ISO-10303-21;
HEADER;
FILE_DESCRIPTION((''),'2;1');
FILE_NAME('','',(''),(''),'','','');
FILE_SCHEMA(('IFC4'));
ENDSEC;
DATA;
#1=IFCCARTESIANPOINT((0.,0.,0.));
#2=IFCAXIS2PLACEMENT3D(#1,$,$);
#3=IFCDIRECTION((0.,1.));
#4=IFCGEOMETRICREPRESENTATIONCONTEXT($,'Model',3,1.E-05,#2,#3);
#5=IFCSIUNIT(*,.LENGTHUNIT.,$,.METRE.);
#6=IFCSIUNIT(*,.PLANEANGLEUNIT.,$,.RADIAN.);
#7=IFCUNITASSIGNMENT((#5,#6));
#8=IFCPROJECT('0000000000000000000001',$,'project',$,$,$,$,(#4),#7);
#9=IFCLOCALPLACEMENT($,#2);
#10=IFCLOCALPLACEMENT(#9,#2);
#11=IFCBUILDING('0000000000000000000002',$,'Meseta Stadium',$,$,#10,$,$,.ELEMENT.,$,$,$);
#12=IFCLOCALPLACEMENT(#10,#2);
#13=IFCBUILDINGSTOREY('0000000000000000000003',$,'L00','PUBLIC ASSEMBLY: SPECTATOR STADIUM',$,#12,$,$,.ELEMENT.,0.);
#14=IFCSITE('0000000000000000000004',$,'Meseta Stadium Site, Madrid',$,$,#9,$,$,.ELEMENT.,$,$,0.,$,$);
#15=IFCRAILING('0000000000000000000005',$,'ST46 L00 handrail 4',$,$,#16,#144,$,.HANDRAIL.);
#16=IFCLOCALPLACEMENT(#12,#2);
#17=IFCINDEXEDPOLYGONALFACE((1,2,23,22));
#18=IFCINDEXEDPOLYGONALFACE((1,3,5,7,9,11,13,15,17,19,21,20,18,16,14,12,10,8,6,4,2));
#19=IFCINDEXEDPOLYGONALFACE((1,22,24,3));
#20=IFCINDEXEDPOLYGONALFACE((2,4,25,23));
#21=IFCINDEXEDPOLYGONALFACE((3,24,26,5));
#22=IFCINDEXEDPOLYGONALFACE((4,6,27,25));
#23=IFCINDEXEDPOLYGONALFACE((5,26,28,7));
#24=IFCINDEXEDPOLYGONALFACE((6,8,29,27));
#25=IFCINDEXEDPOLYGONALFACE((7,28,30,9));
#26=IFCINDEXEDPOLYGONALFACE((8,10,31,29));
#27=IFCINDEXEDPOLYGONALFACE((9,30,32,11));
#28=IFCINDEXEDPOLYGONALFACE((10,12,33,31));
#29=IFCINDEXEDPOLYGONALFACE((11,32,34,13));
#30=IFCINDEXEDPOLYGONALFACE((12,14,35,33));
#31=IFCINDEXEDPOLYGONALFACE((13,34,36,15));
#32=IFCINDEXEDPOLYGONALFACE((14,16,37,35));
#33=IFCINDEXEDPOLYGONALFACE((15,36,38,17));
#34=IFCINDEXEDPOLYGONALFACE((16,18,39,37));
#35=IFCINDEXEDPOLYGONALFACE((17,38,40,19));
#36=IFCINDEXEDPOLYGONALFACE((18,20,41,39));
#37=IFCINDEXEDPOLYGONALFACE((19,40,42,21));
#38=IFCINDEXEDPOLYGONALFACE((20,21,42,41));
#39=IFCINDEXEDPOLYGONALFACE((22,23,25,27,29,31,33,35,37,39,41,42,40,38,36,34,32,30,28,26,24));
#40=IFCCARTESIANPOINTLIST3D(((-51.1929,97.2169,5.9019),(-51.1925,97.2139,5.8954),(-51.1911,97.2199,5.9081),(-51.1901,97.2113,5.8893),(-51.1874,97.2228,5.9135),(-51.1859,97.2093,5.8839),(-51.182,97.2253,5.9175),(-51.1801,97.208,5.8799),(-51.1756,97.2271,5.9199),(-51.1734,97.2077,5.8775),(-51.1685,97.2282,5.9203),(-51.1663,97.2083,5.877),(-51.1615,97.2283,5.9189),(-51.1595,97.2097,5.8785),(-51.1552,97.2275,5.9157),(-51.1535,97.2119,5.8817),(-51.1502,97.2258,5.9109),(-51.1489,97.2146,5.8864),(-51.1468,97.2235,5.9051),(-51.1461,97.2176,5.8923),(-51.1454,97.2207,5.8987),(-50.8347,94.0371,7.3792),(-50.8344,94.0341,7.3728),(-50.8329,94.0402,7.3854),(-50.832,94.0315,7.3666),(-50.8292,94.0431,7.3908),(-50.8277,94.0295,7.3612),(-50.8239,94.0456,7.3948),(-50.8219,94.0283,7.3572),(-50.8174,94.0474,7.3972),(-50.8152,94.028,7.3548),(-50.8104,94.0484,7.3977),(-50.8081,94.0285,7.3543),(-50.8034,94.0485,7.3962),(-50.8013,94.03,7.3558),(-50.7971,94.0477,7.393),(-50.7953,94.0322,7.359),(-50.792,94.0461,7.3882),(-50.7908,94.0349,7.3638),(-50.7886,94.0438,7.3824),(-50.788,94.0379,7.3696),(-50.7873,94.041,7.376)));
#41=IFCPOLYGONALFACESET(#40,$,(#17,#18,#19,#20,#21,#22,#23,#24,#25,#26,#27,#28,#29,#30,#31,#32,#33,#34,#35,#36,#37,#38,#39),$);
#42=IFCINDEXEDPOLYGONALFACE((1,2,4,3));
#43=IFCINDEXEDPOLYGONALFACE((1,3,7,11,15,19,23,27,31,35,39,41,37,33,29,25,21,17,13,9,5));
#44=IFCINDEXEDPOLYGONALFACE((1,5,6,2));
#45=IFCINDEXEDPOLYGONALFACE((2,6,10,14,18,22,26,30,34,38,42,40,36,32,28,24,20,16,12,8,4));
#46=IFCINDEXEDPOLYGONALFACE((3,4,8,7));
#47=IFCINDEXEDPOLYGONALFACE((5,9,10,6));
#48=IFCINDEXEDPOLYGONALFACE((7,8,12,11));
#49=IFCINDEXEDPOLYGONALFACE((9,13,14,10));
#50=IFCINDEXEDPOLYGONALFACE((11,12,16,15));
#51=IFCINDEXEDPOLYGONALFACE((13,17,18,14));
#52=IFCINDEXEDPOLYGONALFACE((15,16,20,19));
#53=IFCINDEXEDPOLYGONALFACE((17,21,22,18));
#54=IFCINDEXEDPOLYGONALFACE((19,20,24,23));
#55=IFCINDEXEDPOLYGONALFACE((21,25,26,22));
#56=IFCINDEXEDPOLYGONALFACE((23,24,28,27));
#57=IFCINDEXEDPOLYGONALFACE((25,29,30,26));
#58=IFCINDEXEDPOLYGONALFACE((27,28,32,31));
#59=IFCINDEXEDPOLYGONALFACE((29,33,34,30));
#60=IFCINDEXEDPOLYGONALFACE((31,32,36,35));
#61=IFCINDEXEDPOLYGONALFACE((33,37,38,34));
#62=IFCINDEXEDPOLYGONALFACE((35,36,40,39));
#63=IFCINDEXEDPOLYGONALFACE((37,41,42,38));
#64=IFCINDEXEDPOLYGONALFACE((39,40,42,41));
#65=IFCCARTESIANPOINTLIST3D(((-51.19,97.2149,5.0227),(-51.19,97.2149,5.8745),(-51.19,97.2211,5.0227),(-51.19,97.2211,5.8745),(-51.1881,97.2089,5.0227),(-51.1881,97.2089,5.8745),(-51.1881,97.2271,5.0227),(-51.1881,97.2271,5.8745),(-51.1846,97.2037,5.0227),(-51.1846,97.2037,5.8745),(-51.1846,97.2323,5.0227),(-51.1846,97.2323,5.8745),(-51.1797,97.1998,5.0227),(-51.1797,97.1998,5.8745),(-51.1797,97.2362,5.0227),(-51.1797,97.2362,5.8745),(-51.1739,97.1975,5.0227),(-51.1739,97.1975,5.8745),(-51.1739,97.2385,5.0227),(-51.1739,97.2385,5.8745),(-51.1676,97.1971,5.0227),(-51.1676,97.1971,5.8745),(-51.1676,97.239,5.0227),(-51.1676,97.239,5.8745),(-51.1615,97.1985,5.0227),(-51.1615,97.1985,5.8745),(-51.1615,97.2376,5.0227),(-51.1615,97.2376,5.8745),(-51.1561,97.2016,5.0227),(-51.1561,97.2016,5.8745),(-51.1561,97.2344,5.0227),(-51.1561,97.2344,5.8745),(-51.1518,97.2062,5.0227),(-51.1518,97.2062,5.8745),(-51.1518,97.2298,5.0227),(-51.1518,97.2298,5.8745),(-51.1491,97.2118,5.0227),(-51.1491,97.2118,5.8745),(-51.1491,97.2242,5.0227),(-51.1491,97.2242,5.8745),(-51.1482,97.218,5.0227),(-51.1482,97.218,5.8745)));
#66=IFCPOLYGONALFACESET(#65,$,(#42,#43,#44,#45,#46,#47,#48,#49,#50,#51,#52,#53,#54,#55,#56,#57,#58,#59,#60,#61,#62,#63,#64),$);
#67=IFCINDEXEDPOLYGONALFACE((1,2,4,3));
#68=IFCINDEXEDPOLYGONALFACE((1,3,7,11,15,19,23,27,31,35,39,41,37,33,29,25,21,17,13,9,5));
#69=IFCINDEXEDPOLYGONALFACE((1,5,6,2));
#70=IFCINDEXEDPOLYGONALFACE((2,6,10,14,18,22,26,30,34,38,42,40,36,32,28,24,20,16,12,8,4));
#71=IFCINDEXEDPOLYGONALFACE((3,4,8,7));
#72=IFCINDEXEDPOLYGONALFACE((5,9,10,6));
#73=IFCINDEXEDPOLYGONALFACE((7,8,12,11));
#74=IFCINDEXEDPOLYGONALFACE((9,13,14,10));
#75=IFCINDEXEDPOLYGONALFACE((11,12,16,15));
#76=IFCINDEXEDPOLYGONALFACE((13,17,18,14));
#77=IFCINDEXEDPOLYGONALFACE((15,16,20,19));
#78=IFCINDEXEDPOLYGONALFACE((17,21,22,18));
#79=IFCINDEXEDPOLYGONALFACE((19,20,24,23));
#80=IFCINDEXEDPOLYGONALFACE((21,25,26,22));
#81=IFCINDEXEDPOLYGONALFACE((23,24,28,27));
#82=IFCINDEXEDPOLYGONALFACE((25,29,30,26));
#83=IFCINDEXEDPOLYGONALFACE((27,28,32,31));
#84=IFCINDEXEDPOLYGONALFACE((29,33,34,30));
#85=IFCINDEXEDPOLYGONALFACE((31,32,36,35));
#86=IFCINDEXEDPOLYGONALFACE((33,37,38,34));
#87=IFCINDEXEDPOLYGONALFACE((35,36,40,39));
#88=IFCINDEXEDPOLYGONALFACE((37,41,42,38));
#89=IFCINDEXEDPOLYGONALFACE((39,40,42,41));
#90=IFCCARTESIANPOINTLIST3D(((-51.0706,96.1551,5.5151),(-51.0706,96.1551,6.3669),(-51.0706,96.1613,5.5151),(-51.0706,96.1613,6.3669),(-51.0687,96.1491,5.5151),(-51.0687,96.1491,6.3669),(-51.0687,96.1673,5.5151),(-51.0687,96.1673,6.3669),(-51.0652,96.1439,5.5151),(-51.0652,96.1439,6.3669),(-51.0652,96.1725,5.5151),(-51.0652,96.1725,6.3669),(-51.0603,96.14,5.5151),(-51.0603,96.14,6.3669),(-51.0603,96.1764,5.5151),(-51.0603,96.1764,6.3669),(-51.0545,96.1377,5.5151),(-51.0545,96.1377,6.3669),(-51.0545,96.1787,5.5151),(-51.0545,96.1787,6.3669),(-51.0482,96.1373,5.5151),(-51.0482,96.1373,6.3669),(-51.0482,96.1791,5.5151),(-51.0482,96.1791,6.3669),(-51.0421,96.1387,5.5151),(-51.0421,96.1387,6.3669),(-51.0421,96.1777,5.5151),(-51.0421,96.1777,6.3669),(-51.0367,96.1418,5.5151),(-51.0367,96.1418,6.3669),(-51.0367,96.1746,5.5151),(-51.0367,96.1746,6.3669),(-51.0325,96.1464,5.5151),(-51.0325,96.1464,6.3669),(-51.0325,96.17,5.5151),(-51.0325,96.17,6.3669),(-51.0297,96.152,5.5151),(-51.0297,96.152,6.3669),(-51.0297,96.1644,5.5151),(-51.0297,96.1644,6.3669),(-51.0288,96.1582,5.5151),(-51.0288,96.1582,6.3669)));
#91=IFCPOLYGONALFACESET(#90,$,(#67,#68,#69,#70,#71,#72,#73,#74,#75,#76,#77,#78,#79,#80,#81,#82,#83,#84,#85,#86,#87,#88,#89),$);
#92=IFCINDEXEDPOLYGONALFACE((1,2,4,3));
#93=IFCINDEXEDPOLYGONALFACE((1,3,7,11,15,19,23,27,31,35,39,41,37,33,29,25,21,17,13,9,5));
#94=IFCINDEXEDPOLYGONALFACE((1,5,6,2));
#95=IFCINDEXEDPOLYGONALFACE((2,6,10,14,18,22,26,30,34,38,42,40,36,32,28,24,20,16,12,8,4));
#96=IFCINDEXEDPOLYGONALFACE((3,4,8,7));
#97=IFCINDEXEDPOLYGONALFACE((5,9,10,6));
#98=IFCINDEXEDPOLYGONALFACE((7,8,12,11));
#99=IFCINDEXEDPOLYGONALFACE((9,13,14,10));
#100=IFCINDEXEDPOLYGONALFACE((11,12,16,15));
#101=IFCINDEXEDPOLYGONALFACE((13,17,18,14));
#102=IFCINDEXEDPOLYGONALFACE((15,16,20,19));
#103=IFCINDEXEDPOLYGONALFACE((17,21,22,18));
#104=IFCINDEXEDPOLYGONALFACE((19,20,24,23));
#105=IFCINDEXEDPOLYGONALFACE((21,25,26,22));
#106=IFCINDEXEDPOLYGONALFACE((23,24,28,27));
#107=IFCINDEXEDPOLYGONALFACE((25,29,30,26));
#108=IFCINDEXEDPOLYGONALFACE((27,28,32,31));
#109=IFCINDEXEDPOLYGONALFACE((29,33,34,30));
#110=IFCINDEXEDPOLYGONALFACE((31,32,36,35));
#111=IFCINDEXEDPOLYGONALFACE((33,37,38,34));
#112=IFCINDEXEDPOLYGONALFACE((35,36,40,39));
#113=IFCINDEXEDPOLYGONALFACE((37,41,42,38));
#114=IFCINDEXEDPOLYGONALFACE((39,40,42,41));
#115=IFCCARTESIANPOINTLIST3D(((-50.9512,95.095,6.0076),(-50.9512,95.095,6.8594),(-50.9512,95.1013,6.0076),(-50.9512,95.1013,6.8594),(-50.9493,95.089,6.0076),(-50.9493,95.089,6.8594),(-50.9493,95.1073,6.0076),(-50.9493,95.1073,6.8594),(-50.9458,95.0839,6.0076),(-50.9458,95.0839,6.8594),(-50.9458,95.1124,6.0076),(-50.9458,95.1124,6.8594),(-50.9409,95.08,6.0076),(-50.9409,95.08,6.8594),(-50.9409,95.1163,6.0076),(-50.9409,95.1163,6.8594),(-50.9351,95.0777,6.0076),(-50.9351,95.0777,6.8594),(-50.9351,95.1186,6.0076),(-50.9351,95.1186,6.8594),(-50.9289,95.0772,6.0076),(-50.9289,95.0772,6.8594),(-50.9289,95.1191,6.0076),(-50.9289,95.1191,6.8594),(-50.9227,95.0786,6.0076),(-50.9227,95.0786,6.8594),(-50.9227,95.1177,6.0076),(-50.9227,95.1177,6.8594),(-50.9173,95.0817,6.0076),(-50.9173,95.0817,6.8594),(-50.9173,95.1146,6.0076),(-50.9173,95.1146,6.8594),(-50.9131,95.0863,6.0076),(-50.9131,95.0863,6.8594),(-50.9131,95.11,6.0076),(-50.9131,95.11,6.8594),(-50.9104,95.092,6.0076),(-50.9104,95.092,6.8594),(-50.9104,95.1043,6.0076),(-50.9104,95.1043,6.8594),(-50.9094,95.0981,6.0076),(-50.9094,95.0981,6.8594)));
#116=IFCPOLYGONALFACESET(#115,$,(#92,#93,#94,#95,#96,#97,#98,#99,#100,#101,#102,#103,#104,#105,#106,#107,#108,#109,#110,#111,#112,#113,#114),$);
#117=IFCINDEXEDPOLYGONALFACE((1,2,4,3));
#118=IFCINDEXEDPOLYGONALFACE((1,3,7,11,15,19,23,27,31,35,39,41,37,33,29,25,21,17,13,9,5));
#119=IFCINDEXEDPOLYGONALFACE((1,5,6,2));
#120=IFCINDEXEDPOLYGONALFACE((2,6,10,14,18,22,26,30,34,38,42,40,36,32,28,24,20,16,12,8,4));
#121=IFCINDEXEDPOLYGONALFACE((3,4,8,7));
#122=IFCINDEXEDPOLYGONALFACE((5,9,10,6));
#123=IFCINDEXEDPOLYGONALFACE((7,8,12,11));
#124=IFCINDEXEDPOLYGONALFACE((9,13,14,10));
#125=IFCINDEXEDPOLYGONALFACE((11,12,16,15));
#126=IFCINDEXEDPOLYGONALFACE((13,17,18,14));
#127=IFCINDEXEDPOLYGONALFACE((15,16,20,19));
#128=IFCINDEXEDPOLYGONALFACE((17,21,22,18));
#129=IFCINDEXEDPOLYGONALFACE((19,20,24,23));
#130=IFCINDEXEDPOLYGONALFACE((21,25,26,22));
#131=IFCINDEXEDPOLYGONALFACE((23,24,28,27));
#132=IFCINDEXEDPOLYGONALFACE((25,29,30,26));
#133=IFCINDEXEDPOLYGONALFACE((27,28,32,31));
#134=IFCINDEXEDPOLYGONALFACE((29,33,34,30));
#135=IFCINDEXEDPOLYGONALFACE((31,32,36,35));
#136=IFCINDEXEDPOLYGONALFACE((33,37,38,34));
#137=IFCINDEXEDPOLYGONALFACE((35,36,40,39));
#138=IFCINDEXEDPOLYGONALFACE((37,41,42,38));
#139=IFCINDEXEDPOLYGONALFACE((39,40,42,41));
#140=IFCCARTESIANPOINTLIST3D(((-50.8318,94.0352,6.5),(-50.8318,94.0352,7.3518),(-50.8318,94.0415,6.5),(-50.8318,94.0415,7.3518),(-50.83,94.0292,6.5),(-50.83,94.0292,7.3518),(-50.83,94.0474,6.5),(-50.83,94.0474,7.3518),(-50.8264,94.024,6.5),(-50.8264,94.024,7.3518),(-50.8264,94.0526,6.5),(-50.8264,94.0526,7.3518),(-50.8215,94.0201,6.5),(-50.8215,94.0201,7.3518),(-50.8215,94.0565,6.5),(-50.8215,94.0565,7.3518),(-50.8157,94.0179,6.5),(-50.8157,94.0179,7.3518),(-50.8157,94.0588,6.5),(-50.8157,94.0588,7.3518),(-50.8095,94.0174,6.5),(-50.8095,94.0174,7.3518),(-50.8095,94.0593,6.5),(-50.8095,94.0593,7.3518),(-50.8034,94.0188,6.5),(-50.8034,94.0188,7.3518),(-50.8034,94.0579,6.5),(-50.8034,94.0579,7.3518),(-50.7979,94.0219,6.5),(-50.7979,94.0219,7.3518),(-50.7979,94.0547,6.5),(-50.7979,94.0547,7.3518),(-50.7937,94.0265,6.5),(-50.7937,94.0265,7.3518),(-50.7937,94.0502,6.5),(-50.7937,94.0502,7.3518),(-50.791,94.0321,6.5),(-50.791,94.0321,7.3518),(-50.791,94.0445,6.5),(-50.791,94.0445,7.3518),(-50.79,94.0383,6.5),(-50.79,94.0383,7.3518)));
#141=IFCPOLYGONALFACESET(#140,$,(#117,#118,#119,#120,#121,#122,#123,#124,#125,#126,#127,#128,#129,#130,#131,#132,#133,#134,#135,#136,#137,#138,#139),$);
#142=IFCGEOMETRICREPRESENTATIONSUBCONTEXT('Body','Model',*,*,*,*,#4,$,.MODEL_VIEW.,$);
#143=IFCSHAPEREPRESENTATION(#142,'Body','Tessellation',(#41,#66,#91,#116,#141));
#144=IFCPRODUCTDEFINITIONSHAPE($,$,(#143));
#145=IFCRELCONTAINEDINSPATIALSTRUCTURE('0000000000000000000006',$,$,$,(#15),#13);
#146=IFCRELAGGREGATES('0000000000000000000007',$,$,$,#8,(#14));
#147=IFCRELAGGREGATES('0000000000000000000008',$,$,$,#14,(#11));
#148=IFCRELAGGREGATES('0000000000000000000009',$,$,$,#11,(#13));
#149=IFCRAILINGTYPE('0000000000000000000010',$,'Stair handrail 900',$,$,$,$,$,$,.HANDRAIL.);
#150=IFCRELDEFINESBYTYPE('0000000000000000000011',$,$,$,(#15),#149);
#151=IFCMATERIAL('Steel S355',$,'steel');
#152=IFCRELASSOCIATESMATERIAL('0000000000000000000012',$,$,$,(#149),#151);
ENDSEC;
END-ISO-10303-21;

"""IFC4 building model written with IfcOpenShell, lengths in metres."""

from ifc_helpers import new_model, si_unit, direction, frame, origin, origin_2d, place, context, subcontext, project, spatial, circle, extrude, material, type_object, element, save


model = new_model("IFC4")

# Units and contexts
model_context = context("Model", 3, precision=1e-05, world=origin(), true_north=direction((0.0, 1.0)))
body_context = subcontext(model_context, "Body", "Model", "MODEL_VIEW")
ifc_project = project(units=[si_unit("LENGTHUNIT", "METRE"), si_unit("PLANEANGLEUNIT", "RADIAN")], contexts=[model_context])

# Site, building, storey
site_placement = place(None, origin())
site = spatial("IfcSite", under=ifc_project, at=site_placement, Name="Meseta Stadium Site, Madrid", CompositionType="ELEMENT", RefElevation=0.0)
building_placement = place(site_placement, origin())
building = spatial("IfcBuilding", under=site, at=building_placement, Name="Meseta Stadium", CompositionType="ELEMENT")
storey_placement = place(building_placement, origin())
storey = spatial("IfcBuildingStorey", under=building, at=storey_placement, Name="L00", Description="PUBLIC ASSEMBLY: SPECTATOR STADIUM", CompositionType="ELEMENT", Elevation=0.0)

# Railing
ifc_material_1 = material(Name="Steel S355", Category="steel")
railing_type_1 = type_object("IfcRailingType", Name="Stair handrail 900", PredefinedType="HANDRAIL", material=ifc_material_1)
railing_1_placement = place(storey_placement, frame((-51.1692, 97.218, 5.0227)))
element("IfcRailing", 1, at=railing_1_placement, inside=storey, type_object=railing_type_1, Name="ST46 L00 handrail 4", PredefinedType="HANDRAIL", context=body_context, shape_type="SweptSolid", body=[
    extrude(circle(Radius=0.0239, at=origin_2d()), frame((0.0, 0.0, 0.876), z_axis=(0.101623, -0.902204, 0.419167), x_axis=(0.993716, 0.11193, 0.0)), (0.0, 0.0, 1.0), 3.5244),
    extrude(circle(Radius=0.021, at=origin_2d()), origin(), (0.0, 0.0, 1.0), 0.8518),
    extrude(circle(Radius=0.021, at=origin_2d()), frame((0.1194, -1.0598, 0.4924)), (0.0, 0.0, 1.0), 0.8518),
    extrude(circle(Radius=0.021, at=origin_2d()), frame((0.2388, -2.1199, 0.9849)), (0.0, 0.0, 1.0), 0.8518),
    extrude(circle(Radius=0.021, at=origin_2d()), frame((0.3582, -3.1797, 1.4773)), (0.0, 0.0, 1.0), 0.8518),
])

save(model, "model.ifc")
